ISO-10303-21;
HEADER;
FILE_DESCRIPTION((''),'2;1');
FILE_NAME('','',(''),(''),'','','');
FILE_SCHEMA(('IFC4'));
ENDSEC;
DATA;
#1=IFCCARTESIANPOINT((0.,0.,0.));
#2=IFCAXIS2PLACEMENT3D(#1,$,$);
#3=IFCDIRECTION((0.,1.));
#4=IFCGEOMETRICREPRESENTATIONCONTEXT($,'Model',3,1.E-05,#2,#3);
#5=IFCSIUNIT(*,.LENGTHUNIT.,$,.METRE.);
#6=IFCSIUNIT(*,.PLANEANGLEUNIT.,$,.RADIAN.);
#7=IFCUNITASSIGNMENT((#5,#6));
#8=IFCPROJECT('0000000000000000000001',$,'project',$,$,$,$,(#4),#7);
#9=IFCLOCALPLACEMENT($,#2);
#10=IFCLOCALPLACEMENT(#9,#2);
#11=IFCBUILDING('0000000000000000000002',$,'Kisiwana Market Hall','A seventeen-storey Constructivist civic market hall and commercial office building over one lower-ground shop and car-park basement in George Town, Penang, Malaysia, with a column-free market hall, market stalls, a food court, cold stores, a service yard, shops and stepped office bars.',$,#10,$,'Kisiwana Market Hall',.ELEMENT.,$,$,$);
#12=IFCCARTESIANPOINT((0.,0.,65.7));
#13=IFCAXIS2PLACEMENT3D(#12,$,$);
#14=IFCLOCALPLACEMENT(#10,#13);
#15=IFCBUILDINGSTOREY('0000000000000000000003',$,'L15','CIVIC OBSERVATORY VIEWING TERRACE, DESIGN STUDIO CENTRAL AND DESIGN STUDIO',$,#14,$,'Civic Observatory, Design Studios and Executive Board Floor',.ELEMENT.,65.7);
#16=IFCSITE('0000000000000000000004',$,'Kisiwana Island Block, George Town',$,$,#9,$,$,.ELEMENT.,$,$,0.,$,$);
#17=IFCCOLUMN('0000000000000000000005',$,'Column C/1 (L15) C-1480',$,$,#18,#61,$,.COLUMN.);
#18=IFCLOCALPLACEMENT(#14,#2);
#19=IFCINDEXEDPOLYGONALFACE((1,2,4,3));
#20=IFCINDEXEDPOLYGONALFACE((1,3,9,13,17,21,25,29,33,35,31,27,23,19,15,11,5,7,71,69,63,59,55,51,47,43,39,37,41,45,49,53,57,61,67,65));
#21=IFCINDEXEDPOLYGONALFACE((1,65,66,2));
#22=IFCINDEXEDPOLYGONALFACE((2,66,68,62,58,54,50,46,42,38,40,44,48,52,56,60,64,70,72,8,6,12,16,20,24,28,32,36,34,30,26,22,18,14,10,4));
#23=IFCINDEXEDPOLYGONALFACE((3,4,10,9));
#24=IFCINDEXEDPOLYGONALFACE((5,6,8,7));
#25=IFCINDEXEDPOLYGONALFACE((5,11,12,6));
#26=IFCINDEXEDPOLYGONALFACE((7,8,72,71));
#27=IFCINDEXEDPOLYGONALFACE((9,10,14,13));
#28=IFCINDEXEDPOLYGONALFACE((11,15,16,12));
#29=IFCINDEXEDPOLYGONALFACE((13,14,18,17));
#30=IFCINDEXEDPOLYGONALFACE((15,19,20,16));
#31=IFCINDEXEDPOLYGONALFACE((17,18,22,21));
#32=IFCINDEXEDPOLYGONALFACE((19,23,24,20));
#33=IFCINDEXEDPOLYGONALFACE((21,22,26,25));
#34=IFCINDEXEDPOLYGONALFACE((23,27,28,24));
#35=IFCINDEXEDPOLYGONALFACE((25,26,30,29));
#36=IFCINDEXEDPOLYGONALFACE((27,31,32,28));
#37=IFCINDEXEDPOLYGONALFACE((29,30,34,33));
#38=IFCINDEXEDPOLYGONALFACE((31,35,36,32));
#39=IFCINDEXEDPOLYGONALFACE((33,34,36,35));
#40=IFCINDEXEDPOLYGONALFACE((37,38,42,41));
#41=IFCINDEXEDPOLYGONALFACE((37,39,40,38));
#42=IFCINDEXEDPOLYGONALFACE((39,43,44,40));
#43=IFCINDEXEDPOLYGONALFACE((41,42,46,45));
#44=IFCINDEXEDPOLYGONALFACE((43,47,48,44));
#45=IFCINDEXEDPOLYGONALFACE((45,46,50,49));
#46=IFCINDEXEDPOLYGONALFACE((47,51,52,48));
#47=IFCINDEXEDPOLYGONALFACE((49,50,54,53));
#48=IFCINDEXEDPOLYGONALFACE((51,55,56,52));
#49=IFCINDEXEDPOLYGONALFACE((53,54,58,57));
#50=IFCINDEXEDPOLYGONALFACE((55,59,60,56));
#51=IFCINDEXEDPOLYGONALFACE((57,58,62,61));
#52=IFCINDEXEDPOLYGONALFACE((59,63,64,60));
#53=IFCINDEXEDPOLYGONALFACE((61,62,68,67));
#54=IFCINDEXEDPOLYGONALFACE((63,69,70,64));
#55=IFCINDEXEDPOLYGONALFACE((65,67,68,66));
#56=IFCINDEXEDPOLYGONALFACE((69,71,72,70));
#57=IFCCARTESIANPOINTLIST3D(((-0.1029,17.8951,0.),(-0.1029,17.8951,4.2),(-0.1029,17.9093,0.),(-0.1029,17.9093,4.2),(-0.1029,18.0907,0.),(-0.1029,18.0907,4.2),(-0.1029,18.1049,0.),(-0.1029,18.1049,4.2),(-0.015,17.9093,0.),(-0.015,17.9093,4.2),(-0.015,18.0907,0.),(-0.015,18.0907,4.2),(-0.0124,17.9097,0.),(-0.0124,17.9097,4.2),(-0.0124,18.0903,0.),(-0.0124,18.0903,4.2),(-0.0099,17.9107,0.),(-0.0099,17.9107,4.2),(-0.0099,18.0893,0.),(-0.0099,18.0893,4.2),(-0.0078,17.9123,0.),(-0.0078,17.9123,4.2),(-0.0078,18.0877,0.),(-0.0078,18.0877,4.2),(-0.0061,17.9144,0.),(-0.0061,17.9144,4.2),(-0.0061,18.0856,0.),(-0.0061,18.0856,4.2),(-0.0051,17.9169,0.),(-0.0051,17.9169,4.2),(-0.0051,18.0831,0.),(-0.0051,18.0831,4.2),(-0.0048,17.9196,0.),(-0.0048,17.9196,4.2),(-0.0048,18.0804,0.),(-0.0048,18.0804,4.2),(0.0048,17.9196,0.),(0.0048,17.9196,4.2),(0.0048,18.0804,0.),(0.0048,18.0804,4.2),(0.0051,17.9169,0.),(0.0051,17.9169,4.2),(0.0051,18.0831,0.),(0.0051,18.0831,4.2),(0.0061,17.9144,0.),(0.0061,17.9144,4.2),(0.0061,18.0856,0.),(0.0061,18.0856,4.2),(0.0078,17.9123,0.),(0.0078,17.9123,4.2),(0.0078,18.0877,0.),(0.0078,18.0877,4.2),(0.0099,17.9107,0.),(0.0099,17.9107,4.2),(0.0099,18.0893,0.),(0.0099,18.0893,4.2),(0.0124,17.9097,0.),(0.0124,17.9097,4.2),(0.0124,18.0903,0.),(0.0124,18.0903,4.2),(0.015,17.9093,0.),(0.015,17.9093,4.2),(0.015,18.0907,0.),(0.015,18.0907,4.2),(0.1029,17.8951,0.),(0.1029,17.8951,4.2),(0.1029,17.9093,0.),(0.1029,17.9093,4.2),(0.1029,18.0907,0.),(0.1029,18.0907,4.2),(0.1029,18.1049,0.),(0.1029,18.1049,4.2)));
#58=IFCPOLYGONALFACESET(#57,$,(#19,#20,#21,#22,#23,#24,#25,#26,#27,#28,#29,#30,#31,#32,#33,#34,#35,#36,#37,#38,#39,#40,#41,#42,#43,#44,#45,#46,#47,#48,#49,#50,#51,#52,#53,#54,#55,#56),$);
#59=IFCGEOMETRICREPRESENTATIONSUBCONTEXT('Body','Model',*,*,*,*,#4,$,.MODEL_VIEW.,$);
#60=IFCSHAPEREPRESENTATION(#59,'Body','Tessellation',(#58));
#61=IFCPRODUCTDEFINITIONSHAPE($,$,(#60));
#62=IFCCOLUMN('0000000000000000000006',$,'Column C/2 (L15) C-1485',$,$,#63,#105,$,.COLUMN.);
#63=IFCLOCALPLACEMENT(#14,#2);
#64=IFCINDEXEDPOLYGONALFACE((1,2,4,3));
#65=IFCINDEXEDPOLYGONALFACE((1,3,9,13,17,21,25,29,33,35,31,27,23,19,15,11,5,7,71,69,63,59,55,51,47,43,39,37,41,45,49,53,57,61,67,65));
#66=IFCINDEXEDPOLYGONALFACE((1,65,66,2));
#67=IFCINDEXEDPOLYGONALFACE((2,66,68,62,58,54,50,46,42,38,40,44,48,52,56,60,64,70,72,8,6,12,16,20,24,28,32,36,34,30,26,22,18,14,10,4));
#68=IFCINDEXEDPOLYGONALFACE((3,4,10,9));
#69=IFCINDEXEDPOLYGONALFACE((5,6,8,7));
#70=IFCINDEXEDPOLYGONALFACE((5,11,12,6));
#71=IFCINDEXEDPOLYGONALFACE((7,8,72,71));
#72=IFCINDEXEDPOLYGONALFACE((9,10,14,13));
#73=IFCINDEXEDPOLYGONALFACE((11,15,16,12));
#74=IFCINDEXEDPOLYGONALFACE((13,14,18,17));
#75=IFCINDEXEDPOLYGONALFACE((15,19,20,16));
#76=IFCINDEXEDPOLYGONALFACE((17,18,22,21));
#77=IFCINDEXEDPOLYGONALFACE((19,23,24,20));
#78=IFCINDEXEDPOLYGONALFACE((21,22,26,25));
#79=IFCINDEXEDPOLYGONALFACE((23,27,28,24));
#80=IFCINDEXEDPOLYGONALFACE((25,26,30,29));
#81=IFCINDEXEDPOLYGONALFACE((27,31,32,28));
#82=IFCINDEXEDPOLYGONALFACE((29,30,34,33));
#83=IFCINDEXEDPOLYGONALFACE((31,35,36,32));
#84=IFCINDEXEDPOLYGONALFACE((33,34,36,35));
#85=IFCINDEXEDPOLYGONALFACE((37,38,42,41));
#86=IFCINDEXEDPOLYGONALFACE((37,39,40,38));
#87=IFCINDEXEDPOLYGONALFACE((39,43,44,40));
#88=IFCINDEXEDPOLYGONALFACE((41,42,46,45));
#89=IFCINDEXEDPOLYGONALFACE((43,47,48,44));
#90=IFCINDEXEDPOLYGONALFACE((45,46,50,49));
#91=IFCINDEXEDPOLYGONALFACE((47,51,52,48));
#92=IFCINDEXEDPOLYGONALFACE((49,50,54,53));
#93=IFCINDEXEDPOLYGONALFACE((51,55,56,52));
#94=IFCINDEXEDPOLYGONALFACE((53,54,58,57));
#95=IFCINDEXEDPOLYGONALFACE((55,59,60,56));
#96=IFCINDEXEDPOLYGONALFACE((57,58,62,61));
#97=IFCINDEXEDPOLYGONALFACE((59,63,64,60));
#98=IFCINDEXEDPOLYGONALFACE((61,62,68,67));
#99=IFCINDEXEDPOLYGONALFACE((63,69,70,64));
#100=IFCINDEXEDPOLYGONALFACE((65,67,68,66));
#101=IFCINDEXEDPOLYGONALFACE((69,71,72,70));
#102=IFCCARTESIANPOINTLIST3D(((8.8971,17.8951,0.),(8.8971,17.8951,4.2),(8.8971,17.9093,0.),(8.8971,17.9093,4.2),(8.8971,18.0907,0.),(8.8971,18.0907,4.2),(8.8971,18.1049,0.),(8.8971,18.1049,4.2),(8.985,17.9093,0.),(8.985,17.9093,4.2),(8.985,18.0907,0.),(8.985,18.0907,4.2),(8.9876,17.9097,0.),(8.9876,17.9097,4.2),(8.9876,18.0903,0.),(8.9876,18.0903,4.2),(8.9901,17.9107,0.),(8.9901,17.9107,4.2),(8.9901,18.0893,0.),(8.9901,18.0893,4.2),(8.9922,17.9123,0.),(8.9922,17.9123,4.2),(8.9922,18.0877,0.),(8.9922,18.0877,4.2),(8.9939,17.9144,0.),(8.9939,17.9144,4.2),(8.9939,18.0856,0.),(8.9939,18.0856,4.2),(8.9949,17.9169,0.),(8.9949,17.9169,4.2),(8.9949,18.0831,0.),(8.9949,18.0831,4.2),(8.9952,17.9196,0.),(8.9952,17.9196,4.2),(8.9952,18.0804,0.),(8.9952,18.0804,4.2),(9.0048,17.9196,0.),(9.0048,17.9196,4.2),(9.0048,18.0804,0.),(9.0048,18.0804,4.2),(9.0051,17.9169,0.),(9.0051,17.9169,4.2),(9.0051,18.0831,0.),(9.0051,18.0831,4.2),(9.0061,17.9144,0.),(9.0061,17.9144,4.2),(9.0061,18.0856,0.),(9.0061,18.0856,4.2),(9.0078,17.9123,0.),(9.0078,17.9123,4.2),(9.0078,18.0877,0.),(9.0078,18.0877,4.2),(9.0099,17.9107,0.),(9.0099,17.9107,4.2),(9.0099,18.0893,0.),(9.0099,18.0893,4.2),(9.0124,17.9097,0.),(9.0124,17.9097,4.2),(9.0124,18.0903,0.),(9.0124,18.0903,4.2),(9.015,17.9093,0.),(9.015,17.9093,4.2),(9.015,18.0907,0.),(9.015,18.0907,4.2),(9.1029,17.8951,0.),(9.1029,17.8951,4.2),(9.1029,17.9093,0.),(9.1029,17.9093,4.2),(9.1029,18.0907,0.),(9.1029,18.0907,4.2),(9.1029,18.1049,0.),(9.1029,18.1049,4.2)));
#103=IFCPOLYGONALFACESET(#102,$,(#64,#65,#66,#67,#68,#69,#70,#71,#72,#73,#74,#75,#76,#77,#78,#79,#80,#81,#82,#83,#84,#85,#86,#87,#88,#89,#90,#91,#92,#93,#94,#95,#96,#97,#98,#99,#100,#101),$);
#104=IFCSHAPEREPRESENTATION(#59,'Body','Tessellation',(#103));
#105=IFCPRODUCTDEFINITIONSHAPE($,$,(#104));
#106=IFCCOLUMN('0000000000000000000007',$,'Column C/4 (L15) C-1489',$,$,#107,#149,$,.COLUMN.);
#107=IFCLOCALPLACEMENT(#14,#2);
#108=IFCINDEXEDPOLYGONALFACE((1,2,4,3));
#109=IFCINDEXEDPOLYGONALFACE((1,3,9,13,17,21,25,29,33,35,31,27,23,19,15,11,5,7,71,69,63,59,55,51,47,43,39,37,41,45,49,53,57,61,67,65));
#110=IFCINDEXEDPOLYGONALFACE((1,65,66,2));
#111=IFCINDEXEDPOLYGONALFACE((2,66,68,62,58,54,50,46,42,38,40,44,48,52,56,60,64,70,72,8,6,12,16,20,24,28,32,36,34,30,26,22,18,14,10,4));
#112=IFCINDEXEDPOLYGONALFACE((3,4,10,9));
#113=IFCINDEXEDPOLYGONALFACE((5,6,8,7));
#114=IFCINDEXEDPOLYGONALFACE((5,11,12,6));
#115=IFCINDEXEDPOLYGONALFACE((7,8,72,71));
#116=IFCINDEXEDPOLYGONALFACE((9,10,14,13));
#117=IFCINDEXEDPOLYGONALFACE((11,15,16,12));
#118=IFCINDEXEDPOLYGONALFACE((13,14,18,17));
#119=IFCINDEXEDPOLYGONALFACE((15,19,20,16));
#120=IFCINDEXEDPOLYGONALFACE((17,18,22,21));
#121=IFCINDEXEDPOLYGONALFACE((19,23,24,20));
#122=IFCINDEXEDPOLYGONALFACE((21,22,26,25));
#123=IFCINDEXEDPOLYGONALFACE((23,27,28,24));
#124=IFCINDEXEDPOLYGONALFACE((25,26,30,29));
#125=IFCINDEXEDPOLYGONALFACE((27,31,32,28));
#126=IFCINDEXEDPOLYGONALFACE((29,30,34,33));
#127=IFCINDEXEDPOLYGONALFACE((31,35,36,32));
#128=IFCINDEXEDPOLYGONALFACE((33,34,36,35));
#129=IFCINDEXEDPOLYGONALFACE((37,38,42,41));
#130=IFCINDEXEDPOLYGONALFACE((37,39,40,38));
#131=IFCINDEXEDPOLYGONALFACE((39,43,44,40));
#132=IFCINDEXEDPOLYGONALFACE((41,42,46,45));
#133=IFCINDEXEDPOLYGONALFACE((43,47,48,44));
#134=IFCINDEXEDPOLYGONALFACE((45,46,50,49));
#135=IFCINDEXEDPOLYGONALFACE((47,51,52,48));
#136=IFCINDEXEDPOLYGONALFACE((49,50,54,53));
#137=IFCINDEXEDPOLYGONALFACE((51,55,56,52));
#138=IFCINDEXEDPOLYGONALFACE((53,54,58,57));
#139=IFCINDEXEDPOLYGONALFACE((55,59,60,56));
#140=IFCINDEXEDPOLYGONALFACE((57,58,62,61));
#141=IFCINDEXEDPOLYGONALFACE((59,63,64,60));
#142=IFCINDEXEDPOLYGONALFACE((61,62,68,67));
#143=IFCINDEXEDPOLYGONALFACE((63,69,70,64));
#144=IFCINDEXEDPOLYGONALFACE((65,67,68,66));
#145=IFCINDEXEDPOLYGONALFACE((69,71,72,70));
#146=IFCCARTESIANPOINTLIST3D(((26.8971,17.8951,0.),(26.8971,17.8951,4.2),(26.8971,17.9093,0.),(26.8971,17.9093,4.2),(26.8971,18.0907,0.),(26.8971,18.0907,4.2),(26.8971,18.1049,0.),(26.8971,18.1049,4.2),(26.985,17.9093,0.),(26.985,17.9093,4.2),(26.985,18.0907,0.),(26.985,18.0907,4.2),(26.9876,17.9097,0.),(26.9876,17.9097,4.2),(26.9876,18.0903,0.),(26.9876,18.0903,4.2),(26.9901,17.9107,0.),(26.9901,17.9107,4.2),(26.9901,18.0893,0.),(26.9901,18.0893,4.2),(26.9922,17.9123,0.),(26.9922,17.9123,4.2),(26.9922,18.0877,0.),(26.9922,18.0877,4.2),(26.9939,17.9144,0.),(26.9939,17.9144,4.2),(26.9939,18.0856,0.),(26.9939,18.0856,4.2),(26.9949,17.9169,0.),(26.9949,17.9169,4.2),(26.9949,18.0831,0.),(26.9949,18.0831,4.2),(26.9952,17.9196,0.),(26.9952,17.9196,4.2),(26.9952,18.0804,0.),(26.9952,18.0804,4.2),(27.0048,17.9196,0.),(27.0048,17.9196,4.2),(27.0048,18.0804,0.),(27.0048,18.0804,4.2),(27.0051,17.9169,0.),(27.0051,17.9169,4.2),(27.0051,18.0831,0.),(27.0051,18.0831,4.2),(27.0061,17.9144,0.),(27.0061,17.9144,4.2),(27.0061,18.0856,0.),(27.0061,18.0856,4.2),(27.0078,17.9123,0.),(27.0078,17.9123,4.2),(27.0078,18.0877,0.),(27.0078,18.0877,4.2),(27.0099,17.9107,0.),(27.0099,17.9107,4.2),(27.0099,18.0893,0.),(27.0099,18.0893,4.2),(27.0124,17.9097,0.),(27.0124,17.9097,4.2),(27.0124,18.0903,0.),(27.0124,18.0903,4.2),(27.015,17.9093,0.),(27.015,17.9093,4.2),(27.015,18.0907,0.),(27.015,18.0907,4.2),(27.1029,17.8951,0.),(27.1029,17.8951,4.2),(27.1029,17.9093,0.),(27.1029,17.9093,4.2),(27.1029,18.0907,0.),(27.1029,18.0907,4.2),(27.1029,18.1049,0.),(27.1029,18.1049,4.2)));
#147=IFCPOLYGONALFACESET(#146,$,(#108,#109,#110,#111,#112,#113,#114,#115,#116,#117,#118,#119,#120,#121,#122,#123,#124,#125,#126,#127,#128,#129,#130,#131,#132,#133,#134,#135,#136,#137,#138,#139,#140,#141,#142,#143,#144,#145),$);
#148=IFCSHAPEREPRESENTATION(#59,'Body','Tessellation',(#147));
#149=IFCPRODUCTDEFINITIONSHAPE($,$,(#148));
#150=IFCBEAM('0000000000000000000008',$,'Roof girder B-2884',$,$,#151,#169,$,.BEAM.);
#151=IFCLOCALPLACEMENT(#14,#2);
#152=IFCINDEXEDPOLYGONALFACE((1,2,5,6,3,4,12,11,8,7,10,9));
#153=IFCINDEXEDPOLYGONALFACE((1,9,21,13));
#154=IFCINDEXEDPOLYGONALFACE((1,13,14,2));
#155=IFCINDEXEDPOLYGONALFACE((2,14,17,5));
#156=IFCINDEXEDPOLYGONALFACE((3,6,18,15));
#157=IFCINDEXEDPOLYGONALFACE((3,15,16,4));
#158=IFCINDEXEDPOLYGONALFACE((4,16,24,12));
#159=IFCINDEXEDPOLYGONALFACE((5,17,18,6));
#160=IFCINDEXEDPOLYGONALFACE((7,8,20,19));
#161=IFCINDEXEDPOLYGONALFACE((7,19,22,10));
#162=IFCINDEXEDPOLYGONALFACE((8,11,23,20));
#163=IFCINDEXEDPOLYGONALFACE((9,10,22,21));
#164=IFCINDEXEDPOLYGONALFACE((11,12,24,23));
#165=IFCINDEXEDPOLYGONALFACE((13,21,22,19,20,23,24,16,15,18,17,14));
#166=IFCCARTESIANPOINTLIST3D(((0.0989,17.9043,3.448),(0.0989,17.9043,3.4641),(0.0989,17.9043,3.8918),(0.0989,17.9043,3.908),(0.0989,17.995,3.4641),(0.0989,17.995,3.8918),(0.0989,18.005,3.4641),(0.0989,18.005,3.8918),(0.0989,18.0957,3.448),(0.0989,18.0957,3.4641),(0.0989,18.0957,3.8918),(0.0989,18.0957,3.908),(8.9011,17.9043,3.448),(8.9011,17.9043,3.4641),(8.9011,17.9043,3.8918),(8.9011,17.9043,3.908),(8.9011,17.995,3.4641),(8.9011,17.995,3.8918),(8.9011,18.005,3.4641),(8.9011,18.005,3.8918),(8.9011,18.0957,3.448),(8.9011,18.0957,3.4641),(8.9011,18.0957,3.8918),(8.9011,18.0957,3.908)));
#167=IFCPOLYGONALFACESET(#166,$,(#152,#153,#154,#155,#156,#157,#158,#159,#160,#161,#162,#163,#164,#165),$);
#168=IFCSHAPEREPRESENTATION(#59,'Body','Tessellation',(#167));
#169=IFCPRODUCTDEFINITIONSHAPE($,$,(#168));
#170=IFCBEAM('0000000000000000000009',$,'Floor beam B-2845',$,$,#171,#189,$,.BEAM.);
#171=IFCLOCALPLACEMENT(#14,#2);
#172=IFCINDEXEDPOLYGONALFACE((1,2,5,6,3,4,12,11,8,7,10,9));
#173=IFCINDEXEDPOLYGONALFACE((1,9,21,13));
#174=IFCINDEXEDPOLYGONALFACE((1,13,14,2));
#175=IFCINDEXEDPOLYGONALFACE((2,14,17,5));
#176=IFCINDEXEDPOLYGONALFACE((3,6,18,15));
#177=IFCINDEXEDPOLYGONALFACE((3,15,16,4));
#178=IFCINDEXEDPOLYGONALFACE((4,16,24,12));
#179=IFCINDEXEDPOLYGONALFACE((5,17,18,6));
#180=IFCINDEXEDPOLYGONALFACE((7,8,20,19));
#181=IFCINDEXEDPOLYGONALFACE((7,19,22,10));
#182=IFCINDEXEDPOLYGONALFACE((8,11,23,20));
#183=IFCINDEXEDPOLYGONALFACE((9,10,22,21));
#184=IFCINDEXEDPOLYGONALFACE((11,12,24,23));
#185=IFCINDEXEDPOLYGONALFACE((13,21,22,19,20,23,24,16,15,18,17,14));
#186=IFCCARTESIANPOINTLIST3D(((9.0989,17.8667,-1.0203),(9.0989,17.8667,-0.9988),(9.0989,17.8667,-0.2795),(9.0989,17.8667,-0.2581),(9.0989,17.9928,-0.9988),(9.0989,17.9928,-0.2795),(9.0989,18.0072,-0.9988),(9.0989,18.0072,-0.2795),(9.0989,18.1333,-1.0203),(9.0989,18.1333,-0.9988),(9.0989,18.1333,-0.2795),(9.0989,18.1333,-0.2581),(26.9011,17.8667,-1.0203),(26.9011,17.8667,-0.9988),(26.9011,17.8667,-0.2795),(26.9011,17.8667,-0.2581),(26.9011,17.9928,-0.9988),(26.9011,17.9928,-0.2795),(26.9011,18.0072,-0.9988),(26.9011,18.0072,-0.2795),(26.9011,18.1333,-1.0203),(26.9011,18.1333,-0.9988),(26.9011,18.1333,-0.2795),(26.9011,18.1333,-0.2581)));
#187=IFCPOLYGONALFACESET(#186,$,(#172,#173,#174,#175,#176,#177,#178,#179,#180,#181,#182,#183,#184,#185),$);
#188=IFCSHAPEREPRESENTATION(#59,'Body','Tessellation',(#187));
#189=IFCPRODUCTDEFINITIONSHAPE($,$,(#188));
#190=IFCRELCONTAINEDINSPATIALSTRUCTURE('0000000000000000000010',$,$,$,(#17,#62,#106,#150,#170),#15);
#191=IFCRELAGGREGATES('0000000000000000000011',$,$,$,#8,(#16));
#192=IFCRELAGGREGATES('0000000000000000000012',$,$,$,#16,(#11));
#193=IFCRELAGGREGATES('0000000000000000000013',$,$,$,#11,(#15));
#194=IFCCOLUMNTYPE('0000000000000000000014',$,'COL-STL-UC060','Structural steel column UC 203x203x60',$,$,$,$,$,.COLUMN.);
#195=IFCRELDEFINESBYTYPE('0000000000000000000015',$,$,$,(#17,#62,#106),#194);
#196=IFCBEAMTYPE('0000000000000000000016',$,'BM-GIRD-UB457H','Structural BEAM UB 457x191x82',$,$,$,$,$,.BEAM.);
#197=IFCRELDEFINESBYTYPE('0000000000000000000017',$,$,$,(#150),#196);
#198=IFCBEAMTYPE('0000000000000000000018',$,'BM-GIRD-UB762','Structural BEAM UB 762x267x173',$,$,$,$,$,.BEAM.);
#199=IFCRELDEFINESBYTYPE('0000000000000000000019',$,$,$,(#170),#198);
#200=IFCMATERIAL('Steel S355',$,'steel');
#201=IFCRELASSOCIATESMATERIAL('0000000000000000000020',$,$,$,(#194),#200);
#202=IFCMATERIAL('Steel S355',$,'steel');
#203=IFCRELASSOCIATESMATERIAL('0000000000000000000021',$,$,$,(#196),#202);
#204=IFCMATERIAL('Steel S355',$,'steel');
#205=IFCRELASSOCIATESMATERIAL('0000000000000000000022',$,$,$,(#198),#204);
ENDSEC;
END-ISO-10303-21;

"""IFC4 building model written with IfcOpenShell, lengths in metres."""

from ifc_helpers import new_model, si_unit, direction, frame, origin, origin_2d, place, context, subcontext, project, spatial, i_section, extrude, material, material_profile, profile_set, type_object, element, save


model = new_model("IFC4")

# Units and contexts
model_context = context("Model", 3, precision=1e-05, world=origin(), true_north=direction((0.0, 1.0)))
body_context = subcontext(model_context, "Body", "Model", "MODEL_VIEW")
ifc_project = project(units=[si_unit("LENGTHUNIT", "METRE"), si_unit("PLANEANGLEUNIT", "RADIAN")], contexts=[model_context])

# Site, building, storey
site_placement = place(None, origin())
site = spatial("IfcSite", under=ifc_project, at=site_placement, Name="Kisiwana Island Block, George Town", CompositionType="ELEMENT", RefElevation=0.0)
building_placement = place(site_placement, origin())
building = spatial("IfcBuilding", under=site, at=building_placement, Name="Kisiwana Market Hall", Description="A seventeen-storey Constructivist civic market hall and commercial office building over one lower-ground shop and car-park basement in George Town, Penang, Malaysia, with a column-free market hall, market stalls, a food court, cold stores, a service yard, shops and stepped office bars.", LongName="Kisiwana Market Hall", CompositionType="ELEMENT")
storey_placement = place(building_placement, frame((0.0, 0.0, 65.7)))
storey = spatial("IfcBuildingStorey", under=building, at=storey_placement, Name="L15", Description="CIVIC OBSERVATORY VIEWING TERRACE, DESIGN STUDIO CENTRAL AND DESIGN STUDIO", LongName="Civic Observatory, Design Studios and Executive Board Floor", CompositionType="ELEMENT", Elevation=65.7)

# Columns
ifc_material_1 = material(Name="Steel S355", Category="steel")
ifc_material_profile_1 = material_profile(ifc_material_1, i_section(OverallWidth=0.2058, OverallDepth=0.2097, WebThickness=0.0095, FlangeThickness=0.0142, FilletRadius=0.0103, at=origin_2d()), Name="UC 203x203x60")
ifc_profile_set_1 = profile_set([ifc_material_profile_1], Name="Steel S355")
column_type = type_object("IfcColumnType", Name="COL-STL-UC060", Description="Structural steel column UC 203x203x60", PredefinedType="COLUMN", material=ifc_profile_set_1)
for number, where, z_axis, x_axis, name in (
    (1, (0.0, 18.0, 0.0), (0.0, 0.0, 1.0), (1.0, 0.0, 0.0), "Column C/1 (L15) C-1480"),
    (2, (9.0, 18.0, 0.0), (0.0, 0.0, 1.0), (1.0, 0.0, 0.0), "Column C/2 (L15) C-1485"),
    (3, (27.0, 18.0, 0.0), (0.0, 0.0, 1.0), (1.0, 0.0, 0.0), "Column C/4 (L15) C-1489"),
):
    element("IfcColumn", number, at=place(storey_placement, frame(where, z_axis=z_axis, x_axis=x_axis)), inside=storey, type_object=column_type, Name=name, PredefinedType="COLUMN", context=body_context, shape_type="SweptSolid", body=[
        extrude(i_section(OverallWidth=0.2058, OverallDepth=0.2097, WebThickness=0.0095, FlangeThickness=0.0142, FilletRadius=0.0103, at=origin_2d()), origin(), (0.0, 0.0, 1.0), 4.2),
    ])

# Beams
ifc_material_2 = material(Name="Steel S355", Category="steel")
ifc_material_profile_2 = material_profile(ifc_material_2, i_section(OverallWidth=0.1914, OverallDepth=0.46, WebThickness=0.01, FlangeThickness=0.0161, at=origin_2d()), Name="UB 457x191x82")
ifc_profile_set_2 = profile_set([ifc_material_profile_2], Name="Steel S355")
beam_type_1 = type_object("IfcBeamType", Name="BM-GIRD-UB457H", Description="Structural BEAM UB 457x191x82", PredefinedType="BEAM", material=ifc_profile_set_2)
beam_1_placement = place(storey_placement, frame((0.0989, 18.0, 3.678), z_axis=(1.0, 0.0, 0.0), x_axis=(0.0, 1.0, 0.0)))
element("IfcBeam", 4, at=beam_1_placement, inside=storey, type_object=beam_type_1, Name="Roof girder B-2884", PredefinedType="BEAM", context=body_context, shape_type="SweptSolid", body=[
    extrude(i_section(OverallWidth=0.1914, OverallDepth=0.46, WebThickness=0.01, FlangeThickness=0.0161, at=origin_2d()), origin(), (0.0, 0.0, 1.0), 8.8022),
])
ifc_material_3 = material(Name="Steel S355", Category="steel")
ifc_material_profile_3 = material_profile(ifc_material_3, i_section(OverallWidth=0.2666, OverallDepth=0.7622, WebThickness=0.0144, FlangeThickness=0.0215, at=origin_2d()), Name="UB 762x267x173")
ifc_profile_set_3 = profile_set([ifc_material_profile_3], Name="Steel S355")
beam_type_2 = type_object("IfcBeamType", Name="BM-GIRD-UB762", Description="Structural BEAM UB 762x267x173", PredefinedType="BEAM", material=ifc_profile_set_3)
beam_2_placement = place(storey_placement, frame((9.0989, 18.0, -0.6392), z_axis=(1.0, 0.0, 0.0), x_axis=(0.0, 1.0, 0.0)))
element("IfcBeam", 5, at=beam_2_placement, inside=storey, type_object=beam_type_2, Name="Floor beam B-2845", PredefinedType="BEAM", context=body_context, shape_type="SweptSolid", body=[
    extrude(i_section(OverallWidth=0.2666, OverallDepth=0.7622, WebThickness=0.0144, FlangeThickness=0.0215, at=origin_2d()), origin(), (0.0, 0.0, 1.0), 17.8022),
])

save(model, "model.ifc")
